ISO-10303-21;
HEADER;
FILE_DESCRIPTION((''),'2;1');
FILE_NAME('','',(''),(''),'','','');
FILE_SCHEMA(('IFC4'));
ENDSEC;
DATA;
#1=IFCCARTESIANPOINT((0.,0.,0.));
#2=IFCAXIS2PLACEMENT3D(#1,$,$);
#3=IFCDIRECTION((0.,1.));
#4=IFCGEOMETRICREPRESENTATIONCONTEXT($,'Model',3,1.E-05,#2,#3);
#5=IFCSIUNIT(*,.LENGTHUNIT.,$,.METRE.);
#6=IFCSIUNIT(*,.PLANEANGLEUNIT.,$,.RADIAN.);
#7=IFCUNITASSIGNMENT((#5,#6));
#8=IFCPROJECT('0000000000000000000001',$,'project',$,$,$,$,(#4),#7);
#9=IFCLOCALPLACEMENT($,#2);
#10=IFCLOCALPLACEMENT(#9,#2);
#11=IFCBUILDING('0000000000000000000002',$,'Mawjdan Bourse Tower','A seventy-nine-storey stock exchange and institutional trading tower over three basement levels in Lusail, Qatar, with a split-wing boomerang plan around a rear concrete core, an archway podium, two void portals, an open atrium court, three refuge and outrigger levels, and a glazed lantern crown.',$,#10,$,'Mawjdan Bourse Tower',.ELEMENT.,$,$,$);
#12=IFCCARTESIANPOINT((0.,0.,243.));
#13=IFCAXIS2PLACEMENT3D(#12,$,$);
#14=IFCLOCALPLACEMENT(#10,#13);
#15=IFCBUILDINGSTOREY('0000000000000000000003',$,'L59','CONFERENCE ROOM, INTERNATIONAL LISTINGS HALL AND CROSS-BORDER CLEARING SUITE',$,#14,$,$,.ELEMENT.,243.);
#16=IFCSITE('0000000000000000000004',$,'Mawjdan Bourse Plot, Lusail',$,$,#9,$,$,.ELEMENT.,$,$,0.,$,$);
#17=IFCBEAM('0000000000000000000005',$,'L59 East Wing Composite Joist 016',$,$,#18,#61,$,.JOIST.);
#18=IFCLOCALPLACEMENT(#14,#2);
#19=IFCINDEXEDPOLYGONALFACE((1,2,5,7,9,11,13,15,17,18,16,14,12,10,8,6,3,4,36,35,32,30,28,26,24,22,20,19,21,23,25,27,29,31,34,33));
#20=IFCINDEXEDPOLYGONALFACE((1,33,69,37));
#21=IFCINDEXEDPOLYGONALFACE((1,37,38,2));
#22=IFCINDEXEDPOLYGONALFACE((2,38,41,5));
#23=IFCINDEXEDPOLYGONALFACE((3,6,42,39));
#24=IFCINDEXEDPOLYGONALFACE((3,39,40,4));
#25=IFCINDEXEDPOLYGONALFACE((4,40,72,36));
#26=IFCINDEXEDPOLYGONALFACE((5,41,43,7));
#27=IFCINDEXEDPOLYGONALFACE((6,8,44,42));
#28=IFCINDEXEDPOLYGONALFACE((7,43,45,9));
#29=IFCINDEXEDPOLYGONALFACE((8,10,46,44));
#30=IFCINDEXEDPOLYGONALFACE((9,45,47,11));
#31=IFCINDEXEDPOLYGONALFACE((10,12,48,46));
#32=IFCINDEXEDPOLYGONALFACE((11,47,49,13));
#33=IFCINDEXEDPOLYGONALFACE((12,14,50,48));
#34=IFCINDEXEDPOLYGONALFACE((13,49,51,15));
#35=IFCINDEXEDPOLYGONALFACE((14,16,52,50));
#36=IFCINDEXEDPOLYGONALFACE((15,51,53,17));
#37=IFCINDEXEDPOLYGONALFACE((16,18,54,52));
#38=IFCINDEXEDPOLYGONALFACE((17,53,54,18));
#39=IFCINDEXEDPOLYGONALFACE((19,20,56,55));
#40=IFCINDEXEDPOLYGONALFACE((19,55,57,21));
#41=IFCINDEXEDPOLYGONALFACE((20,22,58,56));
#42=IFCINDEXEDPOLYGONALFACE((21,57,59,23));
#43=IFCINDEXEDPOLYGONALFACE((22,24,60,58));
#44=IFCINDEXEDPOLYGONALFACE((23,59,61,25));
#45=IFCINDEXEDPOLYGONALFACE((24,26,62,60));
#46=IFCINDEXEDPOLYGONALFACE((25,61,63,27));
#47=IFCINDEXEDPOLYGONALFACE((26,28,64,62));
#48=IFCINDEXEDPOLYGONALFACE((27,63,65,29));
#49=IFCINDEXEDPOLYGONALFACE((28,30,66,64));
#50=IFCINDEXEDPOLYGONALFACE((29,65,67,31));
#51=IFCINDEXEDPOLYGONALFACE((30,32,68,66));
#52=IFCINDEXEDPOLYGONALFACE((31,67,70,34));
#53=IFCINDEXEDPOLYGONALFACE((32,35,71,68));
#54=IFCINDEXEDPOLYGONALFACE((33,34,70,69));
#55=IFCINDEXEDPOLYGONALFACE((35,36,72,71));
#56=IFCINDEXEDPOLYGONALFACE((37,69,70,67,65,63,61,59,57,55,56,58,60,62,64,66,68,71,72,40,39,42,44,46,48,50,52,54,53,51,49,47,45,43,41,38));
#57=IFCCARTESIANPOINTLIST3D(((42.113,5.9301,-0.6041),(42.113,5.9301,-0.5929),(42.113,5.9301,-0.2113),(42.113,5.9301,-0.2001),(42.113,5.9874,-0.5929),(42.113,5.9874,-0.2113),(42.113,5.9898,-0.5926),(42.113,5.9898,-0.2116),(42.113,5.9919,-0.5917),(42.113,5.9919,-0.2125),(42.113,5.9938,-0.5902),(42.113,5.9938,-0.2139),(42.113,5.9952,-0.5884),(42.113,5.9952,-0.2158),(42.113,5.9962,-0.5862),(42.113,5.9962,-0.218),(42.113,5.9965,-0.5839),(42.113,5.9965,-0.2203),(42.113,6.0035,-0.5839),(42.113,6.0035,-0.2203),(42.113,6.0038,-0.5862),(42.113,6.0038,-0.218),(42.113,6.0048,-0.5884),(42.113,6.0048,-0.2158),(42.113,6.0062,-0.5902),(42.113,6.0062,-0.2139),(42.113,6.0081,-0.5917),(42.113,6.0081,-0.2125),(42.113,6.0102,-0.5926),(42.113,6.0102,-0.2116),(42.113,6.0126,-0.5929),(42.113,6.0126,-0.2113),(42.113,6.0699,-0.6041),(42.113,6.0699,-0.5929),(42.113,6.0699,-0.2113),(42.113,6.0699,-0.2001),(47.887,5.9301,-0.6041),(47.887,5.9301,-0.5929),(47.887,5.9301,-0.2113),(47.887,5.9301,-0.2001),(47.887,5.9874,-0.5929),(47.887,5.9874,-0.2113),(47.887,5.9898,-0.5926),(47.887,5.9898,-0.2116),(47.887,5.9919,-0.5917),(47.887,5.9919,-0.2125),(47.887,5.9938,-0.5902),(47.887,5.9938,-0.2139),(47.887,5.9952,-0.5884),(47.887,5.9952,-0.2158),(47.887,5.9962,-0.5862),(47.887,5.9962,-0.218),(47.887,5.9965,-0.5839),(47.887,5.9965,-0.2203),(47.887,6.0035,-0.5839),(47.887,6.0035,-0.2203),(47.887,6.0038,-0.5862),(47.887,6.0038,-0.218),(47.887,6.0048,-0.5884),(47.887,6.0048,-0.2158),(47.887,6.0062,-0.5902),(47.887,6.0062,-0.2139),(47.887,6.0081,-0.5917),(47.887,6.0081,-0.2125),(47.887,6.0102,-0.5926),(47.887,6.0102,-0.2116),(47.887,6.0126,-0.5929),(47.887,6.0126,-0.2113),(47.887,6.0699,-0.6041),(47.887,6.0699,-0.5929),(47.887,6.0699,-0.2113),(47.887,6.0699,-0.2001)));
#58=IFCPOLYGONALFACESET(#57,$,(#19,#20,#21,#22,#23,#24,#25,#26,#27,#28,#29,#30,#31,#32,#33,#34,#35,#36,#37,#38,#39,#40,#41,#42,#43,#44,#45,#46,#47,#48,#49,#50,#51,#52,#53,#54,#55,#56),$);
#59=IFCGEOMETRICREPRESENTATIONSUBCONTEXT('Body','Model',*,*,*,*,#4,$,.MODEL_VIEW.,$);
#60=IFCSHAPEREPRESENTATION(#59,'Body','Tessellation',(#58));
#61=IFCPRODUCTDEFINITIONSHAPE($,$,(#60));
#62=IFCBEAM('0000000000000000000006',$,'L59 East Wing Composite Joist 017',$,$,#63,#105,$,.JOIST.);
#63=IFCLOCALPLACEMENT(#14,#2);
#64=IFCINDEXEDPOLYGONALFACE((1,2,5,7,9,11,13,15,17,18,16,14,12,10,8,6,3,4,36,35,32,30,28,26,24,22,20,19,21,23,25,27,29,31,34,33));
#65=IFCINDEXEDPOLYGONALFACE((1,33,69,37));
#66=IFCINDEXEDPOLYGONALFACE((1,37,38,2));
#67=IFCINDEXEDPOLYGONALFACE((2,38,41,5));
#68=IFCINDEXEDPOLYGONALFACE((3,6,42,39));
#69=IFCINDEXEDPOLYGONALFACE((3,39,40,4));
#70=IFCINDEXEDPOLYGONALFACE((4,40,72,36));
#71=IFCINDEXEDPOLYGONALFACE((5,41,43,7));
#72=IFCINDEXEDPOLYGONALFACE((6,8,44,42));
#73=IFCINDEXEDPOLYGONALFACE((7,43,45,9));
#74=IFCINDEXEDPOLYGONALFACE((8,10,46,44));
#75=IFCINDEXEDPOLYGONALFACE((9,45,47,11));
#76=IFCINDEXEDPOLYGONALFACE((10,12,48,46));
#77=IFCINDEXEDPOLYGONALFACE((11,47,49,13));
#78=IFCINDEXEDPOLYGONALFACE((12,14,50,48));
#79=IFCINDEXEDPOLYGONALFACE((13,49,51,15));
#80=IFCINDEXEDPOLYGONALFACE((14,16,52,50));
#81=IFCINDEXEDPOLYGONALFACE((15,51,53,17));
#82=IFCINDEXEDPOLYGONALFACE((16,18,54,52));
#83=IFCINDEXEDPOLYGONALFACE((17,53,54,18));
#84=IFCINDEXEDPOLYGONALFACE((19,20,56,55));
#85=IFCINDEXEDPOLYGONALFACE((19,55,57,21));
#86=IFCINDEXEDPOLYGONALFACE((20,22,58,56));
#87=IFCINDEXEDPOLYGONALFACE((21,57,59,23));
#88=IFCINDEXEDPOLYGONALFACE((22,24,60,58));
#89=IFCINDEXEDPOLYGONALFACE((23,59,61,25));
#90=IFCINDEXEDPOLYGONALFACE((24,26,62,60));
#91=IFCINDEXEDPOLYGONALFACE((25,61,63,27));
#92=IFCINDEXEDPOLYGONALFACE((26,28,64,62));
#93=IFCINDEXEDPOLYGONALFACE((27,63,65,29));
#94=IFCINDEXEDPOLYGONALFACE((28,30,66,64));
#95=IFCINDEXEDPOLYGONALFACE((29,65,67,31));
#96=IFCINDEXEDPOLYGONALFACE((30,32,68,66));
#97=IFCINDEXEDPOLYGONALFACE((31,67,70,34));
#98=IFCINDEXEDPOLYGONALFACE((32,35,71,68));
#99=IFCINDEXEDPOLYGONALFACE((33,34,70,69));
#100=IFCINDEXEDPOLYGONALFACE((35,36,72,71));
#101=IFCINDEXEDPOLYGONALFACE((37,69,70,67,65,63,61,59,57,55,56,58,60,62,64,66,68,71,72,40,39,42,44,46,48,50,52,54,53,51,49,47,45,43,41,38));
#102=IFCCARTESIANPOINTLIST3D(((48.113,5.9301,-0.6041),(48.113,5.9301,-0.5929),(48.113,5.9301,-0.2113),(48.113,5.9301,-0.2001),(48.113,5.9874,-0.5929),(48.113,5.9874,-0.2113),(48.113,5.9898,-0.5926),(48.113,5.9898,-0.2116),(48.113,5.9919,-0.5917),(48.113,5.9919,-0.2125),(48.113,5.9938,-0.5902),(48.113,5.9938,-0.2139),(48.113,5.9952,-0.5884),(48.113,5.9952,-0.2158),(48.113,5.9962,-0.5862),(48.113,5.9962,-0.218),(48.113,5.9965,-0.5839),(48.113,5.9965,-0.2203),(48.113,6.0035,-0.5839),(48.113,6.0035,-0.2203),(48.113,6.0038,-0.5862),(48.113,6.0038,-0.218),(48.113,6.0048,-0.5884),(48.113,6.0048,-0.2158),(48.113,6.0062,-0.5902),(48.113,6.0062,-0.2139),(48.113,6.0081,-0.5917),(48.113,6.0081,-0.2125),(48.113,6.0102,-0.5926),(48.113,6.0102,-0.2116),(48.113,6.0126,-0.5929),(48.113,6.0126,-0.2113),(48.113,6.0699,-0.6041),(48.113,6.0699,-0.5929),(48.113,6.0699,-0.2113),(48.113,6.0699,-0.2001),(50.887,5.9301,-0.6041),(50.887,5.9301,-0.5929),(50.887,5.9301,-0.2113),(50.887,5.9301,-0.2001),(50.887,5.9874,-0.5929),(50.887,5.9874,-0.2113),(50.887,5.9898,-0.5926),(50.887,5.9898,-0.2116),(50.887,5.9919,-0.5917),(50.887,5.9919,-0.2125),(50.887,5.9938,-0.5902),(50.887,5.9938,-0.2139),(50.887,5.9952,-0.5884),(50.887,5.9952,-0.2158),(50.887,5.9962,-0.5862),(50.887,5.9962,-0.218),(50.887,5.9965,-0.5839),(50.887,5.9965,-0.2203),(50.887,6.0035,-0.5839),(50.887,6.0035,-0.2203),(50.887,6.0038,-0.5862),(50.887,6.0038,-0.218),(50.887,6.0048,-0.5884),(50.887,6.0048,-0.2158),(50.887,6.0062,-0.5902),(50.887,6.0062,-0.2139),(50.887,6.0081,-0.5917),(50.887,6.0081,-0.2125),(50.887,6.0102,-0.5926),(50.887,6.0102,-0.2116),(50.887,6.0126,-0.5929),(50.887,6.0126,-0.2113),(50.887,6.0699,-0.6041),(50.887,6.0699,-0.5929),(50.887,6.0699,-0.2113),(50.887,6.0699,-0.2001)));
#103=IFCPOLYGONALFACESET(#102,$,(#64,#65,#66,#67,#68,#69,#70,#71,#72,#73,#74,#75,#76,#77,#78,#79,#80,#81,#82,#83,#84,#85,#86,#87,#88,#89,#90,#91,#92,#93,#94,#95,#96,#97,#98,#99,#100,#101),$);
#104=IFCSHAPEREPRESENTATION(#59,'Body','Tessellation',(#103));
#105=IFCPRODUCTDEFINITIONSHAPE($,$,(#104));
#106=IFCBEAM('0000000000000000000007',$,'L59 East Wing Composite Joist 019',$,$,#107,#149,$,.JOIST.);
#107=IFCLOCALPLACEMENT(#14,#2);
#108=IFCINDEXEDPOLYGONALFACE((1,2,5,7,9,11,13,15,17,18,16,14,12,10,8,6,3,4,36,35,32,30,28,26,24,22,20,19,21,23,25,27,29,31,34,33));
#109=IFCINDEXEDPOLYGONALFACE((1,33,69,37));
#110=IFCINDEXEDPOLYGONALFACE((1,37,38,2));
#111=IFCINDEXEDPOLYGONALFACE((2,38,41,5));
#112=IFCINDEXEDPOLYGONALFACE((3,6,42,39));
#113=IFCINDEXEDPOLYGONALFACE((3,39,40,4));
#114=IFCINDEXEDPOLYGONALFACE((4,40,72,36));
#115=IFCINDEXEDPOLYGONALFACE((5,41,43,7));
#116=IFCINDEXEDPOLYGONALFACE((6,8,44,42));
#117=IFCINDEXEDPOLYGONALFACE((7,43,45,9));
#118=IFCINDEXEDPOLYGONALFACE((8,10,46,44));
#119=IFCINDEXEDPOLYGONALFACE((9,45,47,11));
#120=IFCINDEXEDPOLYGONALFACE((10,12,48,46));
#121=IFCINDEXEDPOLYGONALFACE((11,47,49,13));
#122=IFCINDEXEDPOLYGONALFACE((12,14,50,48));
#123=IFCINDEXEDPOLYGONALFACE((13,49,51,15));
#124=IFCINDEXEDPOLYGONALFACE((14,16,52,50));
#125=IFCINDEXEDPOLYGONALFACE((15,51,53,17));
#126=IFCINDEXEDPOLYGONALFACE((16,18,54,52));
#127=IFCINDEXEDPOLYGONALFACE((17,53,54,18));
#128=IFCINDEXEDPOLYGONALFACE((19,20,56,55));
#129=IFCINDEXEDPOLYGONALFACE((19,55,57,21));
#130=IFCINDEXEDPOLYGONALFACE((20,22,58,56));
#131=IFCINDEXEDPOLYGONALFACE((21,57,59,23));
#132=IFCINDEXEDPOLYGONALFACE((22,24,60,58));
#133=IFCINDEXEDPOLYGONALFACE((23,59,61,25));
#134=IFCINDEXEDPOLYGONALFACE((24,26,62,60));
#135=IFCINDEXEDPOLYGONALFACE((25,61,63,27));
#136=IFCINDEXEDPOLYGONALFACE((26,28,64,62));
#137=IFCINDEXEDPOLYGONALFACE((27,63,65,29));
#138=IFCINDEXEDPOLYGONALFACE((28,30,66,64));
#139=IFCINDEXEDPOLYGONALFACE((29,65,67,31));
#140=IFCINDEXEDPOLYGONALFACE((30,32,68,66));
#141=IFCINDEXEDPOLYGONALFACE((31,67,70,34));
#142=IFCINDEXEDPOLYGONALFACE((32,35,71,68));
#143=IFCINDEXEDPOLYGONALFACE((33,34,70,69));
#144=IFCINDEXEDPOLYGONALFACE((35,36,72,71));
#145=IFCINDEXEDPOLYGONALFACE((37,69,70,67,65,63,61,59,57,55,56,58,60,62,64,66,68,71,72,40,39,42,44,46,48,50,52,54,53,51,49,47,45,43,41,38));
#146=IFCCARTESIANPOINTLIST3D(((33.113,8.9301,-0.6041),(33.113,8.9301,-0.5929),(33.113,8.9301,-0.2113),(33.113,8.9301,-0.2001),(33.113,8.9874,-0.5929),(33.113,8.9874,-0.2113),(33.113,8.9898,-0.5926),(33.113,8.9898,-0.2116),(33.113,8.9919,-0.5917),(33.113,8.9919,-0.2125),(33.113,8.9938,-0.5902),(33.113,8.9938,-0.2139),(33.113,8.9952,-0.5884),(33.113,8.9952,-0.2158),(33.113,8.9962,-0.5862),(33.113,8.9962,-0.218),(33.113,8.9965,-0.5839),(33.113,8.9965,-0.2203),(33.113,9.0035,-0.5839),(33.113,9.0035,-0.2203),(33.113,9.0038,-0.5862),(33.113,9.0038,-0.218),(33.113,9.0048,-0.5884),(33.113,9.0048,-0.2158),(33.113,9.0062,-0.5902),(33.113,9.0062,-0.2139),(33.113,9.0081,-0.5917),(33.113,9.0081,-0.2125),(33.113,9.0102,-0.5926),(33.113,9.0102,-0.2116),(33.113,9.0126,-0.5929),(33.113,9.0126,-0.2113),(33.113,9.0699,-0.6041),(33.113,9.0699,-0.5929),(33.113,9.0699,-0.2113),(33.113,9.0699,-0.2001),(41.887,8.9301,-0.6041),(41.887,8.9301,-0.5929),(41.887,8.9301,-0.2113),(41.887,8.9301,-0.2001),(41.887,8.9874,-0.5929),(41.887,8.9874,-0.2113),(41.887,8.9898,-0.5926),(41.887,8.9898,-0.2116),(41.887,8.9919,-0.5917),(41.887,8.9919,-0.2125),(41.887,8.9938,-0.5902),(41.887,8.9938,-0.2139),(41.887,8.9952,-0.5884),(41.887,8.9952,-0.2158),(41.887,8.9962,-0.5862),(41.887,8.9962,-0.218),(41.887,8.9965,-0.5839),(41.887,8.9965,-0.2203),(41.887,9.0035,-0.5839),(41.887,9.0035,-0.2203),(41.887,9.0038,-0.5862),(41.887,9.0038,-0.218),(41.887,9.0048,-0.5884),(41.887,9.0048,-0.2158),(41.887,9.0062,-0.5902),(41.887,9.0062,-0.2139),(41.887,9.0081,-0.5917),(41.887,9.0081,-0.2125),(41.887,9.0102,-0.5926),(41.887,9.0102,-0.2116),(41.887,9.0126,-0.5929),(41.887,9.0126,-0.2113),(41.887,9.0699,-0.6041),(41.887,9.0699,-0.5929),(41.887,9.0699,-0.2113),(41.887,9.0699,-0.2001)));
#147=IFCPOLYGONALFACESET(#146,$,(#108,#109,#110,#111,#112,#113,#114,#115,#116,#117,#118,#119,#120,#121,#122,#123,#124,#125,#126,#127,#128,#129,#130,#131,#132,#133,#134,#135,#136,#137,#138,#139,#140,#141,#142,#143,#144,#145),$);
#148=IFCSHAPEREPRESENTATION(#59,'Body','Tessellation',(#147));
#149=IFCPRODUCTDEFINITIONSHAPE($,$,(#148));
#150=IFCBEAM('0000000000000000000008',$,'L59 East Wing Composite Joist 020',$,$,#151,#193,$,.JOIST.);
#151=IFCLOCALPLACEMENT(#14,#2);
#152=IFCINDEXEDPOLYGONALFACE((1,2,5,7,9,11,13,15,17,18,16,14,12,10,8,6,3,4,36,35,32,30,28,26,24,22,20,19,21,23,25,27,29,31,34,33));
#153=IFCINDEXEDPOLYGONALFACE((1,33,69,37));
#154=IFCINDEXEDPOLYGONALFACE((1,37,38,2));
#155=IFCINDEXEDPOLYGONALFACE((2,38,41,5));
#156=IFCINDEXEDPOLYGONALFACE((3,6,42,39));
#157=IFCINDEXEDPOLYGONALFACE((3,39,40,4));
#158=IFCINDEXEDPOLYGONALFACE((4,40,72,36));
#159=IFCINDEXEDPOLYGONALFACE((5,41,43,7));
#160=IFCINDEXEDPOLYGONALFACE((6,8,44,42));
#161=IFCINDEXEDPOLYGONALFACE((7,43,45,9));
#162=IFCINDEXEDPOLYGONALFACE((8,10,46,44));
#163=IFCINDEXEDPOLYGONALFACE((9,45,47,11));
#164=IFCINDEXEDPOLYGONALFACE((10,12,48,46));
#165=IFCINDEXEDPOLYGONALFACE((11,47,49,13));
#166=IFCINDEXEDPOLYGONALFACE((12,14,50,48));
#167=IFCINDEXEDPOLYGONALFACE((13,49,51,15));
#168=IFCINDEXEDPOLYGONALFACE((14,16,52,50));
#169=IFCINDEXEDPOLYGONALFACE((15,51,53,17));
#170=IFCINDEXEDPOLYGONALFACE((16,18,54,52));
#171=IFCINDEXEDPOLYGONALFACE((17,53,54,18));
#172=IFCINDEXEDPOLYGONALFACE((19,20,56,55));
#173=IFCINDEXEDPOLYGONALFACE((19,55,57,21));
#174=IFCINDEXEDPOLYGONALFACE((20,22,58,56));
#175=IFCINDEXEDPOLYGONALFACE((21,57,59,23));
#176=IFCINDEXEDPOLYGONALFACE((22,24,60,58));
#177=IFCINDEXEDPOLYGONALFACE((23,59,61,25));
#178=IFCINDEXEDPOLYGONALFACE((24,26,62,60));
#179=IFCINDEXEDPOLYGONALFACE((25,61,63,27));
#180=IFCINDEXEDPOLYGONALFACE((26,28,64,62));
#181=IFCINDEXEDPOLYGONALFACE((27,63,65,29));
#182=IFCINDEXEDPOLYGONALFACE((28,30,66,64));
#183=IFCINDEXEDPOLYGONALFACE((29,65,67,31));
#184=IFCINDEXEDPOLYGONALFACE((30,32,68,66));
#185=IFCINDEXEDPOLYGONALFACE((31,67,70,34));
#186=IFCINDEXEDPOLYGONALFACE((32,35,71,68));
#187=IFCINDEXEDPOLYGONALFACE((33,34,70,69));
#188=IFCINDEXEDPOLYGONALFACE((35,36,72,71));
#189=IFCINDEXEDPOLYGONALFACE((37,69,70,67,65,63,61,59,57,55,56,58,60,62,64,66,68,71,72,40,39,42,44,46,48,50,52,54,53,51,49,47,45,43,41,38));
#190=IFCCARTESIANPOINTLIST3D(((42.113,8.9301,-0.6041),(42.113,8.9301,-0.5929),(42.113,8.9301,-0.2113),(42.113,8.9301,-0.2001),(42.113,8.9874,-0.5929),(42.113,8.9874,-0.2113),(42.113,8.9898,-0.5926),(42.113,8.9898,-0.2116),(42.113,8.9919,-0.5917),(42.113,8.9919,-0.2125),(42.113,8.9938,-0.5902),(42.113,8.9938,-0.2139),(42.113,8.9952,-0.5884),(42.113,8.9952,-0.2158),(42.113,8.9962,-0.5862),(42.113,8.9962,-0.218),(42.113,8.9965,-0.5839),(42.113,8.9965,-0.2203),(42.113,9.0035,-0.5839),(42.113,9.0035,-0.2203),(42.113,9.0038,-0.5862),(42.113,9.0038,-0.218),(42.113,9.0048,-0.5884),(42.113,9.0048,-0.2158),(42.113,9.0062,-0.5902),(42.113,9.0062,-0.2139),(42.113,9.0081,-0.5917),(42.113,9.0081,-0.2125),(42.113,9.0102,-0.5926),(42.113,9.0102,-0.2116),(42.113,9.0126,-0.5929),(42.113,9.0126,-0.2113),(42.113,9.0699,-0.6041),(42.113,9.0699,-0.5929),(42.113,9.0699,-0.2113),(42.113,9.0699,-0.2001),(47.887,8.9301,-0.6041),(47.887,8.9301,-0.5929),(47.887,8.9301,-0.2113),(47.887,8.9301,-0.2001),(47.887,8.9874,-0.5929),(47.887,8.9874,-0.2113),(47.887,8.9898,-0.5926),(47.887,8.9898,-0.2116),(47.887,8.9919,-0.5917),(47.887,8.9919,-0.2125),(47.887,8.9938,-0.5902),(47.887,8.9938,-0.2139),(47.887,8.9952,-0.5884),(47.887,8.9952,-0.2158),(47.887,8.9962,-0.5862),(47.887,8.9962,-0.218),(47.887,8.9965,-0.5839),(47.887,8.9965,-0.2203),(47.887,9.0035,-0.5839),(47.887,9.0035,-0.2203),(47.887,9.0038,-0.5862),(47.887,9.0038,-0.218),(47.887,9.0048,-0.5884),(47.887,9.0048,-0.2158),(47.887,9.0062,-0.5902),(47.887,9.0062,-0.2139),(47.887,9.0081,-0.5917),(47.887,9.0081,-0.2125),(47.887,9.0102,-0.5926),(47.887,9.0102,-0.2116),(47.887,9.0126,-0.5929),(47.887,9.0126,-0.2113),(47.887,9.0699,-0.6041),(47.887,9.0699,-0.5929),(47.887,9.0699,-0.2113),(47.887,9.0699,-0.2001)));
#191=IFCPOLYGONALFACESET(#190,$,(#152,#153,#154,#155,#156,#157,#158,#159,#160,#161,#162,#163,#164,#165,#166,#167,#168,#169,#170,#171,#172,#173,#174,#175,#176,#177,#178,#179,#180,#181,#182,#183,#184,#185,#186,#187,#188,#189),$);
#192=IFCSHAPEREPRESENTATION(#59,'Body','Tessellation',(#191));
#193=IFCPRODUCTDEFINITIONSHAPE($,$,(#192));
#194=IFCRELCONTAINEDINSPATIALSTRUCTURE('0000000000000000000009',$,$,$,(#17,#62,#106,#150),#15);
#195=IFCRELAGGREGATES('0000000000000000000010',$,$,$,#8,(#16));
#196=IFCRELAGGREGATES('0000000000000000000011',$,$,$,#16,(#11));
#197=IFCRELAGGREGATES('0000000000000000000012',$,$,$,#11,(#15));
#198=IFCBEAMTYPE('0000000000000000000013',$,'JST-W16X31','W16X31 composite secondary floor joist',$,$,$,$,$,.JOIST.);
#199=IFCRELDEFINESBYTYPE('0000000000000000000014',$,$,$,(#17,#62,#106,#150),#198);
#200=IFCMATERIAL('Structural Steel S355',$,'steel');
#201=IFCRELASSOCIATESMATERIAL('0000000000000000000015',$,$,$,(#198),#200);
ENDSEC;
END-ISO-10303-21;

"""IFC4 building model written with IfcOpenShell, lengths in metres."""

from ifc_helpers import new_model, si_unit, direction, frame, origin, origin_2d, place, context, subcontext, project, spatial, i_section, extrude, material, material_profile, profile_set, type_object, element, save


model = new_model("IFC4")

# Units and contexts
model_context = context("Model", 3, precision=1e-05, world=origin(), true_north=direction((0.0, 1.0)))
body_context = subcontext(model_context, "Body", "Model", "MODEL_VIEW")
ifc_project = project(units=[si_unit("LENGTHUNIT", "METRE"), si_unit("PLANEANGLEUNIT", "RADIAN")], contexts=[model_context])

# Site, building, storey
site_placement = place(None, origin())
site = spatial("IfcSite", under=ifc_project, at=site_placement, Name="Mawjdan Bourse Plot, Lusail", CompositionType="ELEMENT", RefElevation=0.0)
building_placement = place(site_placement, origin())
building = spatial("IfcBuilding", under=site, at=building_placement, Name="Mawjdan Bourse Tower", Description="A seventy-nine-storey stock exchange and institutional trading tower over three basement levels in Lusail, Qatar, with a split-wing boomerang plan around a rear concrete core, an archway podium, two void portals, an open atrium court, three refuge and outrigger levels, and a glazed lantern crown.", LongName="Mawjdan Bourse Tower", CompositionType="ELEMENT")
storey_placement = place(building_placement, frame((0.0, 0.0, 243.0)))
storey = spatial("IfcBuildingStorey", under=building, at=storey_placement, Name="L59", Description="CONFERENCE ROOM, INTERNATIONAL LISTINGS HALL AND CROSS-BORDER CLEARING SUITE", CompositionType="ELEMENT", Elevation=243.0)

# Beams
ifc_material_1 = material(Name="Structural Steel S355", Category="steel")
ifc_material_profile_1 = material_profile(ifc_material_1, i_section(OverallWidth=0.1399, OverallDepth=0.4041, WebThickness=0.0071, FlangeThickness=0.0112, FilletRadius=0.009, at=origin_2d()), Name="W16X31")
ifc_profile_set_1 = profile_set([ifc_material_profile_1], Name="Structural Steel S355")
beam_type_1 = type_object("IfcBeamType", Name="JST-W16X31", Description="W16X31 composite secondary floor joist", PredefinedType="JOIST", material=ifc_profile_set_1)
beam_1_placement = place(storey_placement, frame((42.113, 6.0, -0.4021), z_axis=(1.0, 0.0, 0.0), x_axis=(0.0, 1.0, 0.0)))
element("IfcBeam", 1, at=beam_1_placement, inside=storey, type_object=beam_type_1, Name="L59 East Wing Composite Joist 016", PredefinedType="JOIST", context=body_context, shape_type="SweptSolid", body=[
    extrude(i_section(OverallWidth=0.1399, OverallDepth=0.4041, WebThickness=0.0071, FlangeThickness=0.0112, FilletRadius=0.009, at=origin_2d()), origin(), (0.0, 0.0, 1.0), 5.7739),
])
beam_2_placement = place(storey_placement, frame((48.113, 6.0, -0.4021), z_axis=(1.0, 0.0, 0.0), x_axis=(0.0, 1.0, 0.0)))
element("IfcBeam", 2, at=beam_2_placement, inside=storey, type_object=beam_type_1, Name="L59 East Wing Composite Joist 017", PredefinedType="JOIST", context=body_context, shape_type="SweptSolid", body=[
    extrude(i_section(OverallWidth=0.1399, OverallDepth=0.4041, WebThickness=0.0071, FlangeThickness=0.0112, FilletRadius=0.009, at=origin_2d()), origin(), (0.0, 0.0, 1.0), 2.7739),
])
beam_3_placement = place(storey_placement, frame((33.113, 9.0, -0.4021), z_axis=(1.0, 0.0, 0.0), x_axis=(0.0, 1.0, 0.0)))
element("IfcBeam", 3, at=beam_3_placement, inside=storey, type_object=beam_type_1, Name="L59 East Wing Composite Joist 019", PredefinedType="JOIST", context=body_context, shape_type="SweptSolid", body=[
    extrude(i_section(OverallWidth=0.1399, OverallDepth=0.4041, WebThickness=0.0071, FlangeThickness=0.0112, FilletRadius=0.009, at=origin_2d()), origin(), (0.0, 0.0, 1.0), 8.7739),
])
beam_4_placement = place(storey_placement, frame((42.113, 9.0, -0.4021), z_axis=(1.0, 0.0, 0.0), x_axis=(0.0, 1.0, 0.0)))
element("IfcBeam", 4, at=beam_4_placement, inside=storey, type_object=beam_type_1, Name="L59 East Wing Composite Joist 020", PredefinedType="JOIST", context=body_context, shape_type="SweptSolid", body=[
    extrude(i_section(OverallWidth=0.1399, OverallDepth=0.4041, WebThickness=0.0071, FlangeThickness=0.0112, FilletRadius=0.009, at=origin_2d()), origin(), (0.0, 0.0, 1.0), 5.7739),
])

save(model, "model.ifc")
